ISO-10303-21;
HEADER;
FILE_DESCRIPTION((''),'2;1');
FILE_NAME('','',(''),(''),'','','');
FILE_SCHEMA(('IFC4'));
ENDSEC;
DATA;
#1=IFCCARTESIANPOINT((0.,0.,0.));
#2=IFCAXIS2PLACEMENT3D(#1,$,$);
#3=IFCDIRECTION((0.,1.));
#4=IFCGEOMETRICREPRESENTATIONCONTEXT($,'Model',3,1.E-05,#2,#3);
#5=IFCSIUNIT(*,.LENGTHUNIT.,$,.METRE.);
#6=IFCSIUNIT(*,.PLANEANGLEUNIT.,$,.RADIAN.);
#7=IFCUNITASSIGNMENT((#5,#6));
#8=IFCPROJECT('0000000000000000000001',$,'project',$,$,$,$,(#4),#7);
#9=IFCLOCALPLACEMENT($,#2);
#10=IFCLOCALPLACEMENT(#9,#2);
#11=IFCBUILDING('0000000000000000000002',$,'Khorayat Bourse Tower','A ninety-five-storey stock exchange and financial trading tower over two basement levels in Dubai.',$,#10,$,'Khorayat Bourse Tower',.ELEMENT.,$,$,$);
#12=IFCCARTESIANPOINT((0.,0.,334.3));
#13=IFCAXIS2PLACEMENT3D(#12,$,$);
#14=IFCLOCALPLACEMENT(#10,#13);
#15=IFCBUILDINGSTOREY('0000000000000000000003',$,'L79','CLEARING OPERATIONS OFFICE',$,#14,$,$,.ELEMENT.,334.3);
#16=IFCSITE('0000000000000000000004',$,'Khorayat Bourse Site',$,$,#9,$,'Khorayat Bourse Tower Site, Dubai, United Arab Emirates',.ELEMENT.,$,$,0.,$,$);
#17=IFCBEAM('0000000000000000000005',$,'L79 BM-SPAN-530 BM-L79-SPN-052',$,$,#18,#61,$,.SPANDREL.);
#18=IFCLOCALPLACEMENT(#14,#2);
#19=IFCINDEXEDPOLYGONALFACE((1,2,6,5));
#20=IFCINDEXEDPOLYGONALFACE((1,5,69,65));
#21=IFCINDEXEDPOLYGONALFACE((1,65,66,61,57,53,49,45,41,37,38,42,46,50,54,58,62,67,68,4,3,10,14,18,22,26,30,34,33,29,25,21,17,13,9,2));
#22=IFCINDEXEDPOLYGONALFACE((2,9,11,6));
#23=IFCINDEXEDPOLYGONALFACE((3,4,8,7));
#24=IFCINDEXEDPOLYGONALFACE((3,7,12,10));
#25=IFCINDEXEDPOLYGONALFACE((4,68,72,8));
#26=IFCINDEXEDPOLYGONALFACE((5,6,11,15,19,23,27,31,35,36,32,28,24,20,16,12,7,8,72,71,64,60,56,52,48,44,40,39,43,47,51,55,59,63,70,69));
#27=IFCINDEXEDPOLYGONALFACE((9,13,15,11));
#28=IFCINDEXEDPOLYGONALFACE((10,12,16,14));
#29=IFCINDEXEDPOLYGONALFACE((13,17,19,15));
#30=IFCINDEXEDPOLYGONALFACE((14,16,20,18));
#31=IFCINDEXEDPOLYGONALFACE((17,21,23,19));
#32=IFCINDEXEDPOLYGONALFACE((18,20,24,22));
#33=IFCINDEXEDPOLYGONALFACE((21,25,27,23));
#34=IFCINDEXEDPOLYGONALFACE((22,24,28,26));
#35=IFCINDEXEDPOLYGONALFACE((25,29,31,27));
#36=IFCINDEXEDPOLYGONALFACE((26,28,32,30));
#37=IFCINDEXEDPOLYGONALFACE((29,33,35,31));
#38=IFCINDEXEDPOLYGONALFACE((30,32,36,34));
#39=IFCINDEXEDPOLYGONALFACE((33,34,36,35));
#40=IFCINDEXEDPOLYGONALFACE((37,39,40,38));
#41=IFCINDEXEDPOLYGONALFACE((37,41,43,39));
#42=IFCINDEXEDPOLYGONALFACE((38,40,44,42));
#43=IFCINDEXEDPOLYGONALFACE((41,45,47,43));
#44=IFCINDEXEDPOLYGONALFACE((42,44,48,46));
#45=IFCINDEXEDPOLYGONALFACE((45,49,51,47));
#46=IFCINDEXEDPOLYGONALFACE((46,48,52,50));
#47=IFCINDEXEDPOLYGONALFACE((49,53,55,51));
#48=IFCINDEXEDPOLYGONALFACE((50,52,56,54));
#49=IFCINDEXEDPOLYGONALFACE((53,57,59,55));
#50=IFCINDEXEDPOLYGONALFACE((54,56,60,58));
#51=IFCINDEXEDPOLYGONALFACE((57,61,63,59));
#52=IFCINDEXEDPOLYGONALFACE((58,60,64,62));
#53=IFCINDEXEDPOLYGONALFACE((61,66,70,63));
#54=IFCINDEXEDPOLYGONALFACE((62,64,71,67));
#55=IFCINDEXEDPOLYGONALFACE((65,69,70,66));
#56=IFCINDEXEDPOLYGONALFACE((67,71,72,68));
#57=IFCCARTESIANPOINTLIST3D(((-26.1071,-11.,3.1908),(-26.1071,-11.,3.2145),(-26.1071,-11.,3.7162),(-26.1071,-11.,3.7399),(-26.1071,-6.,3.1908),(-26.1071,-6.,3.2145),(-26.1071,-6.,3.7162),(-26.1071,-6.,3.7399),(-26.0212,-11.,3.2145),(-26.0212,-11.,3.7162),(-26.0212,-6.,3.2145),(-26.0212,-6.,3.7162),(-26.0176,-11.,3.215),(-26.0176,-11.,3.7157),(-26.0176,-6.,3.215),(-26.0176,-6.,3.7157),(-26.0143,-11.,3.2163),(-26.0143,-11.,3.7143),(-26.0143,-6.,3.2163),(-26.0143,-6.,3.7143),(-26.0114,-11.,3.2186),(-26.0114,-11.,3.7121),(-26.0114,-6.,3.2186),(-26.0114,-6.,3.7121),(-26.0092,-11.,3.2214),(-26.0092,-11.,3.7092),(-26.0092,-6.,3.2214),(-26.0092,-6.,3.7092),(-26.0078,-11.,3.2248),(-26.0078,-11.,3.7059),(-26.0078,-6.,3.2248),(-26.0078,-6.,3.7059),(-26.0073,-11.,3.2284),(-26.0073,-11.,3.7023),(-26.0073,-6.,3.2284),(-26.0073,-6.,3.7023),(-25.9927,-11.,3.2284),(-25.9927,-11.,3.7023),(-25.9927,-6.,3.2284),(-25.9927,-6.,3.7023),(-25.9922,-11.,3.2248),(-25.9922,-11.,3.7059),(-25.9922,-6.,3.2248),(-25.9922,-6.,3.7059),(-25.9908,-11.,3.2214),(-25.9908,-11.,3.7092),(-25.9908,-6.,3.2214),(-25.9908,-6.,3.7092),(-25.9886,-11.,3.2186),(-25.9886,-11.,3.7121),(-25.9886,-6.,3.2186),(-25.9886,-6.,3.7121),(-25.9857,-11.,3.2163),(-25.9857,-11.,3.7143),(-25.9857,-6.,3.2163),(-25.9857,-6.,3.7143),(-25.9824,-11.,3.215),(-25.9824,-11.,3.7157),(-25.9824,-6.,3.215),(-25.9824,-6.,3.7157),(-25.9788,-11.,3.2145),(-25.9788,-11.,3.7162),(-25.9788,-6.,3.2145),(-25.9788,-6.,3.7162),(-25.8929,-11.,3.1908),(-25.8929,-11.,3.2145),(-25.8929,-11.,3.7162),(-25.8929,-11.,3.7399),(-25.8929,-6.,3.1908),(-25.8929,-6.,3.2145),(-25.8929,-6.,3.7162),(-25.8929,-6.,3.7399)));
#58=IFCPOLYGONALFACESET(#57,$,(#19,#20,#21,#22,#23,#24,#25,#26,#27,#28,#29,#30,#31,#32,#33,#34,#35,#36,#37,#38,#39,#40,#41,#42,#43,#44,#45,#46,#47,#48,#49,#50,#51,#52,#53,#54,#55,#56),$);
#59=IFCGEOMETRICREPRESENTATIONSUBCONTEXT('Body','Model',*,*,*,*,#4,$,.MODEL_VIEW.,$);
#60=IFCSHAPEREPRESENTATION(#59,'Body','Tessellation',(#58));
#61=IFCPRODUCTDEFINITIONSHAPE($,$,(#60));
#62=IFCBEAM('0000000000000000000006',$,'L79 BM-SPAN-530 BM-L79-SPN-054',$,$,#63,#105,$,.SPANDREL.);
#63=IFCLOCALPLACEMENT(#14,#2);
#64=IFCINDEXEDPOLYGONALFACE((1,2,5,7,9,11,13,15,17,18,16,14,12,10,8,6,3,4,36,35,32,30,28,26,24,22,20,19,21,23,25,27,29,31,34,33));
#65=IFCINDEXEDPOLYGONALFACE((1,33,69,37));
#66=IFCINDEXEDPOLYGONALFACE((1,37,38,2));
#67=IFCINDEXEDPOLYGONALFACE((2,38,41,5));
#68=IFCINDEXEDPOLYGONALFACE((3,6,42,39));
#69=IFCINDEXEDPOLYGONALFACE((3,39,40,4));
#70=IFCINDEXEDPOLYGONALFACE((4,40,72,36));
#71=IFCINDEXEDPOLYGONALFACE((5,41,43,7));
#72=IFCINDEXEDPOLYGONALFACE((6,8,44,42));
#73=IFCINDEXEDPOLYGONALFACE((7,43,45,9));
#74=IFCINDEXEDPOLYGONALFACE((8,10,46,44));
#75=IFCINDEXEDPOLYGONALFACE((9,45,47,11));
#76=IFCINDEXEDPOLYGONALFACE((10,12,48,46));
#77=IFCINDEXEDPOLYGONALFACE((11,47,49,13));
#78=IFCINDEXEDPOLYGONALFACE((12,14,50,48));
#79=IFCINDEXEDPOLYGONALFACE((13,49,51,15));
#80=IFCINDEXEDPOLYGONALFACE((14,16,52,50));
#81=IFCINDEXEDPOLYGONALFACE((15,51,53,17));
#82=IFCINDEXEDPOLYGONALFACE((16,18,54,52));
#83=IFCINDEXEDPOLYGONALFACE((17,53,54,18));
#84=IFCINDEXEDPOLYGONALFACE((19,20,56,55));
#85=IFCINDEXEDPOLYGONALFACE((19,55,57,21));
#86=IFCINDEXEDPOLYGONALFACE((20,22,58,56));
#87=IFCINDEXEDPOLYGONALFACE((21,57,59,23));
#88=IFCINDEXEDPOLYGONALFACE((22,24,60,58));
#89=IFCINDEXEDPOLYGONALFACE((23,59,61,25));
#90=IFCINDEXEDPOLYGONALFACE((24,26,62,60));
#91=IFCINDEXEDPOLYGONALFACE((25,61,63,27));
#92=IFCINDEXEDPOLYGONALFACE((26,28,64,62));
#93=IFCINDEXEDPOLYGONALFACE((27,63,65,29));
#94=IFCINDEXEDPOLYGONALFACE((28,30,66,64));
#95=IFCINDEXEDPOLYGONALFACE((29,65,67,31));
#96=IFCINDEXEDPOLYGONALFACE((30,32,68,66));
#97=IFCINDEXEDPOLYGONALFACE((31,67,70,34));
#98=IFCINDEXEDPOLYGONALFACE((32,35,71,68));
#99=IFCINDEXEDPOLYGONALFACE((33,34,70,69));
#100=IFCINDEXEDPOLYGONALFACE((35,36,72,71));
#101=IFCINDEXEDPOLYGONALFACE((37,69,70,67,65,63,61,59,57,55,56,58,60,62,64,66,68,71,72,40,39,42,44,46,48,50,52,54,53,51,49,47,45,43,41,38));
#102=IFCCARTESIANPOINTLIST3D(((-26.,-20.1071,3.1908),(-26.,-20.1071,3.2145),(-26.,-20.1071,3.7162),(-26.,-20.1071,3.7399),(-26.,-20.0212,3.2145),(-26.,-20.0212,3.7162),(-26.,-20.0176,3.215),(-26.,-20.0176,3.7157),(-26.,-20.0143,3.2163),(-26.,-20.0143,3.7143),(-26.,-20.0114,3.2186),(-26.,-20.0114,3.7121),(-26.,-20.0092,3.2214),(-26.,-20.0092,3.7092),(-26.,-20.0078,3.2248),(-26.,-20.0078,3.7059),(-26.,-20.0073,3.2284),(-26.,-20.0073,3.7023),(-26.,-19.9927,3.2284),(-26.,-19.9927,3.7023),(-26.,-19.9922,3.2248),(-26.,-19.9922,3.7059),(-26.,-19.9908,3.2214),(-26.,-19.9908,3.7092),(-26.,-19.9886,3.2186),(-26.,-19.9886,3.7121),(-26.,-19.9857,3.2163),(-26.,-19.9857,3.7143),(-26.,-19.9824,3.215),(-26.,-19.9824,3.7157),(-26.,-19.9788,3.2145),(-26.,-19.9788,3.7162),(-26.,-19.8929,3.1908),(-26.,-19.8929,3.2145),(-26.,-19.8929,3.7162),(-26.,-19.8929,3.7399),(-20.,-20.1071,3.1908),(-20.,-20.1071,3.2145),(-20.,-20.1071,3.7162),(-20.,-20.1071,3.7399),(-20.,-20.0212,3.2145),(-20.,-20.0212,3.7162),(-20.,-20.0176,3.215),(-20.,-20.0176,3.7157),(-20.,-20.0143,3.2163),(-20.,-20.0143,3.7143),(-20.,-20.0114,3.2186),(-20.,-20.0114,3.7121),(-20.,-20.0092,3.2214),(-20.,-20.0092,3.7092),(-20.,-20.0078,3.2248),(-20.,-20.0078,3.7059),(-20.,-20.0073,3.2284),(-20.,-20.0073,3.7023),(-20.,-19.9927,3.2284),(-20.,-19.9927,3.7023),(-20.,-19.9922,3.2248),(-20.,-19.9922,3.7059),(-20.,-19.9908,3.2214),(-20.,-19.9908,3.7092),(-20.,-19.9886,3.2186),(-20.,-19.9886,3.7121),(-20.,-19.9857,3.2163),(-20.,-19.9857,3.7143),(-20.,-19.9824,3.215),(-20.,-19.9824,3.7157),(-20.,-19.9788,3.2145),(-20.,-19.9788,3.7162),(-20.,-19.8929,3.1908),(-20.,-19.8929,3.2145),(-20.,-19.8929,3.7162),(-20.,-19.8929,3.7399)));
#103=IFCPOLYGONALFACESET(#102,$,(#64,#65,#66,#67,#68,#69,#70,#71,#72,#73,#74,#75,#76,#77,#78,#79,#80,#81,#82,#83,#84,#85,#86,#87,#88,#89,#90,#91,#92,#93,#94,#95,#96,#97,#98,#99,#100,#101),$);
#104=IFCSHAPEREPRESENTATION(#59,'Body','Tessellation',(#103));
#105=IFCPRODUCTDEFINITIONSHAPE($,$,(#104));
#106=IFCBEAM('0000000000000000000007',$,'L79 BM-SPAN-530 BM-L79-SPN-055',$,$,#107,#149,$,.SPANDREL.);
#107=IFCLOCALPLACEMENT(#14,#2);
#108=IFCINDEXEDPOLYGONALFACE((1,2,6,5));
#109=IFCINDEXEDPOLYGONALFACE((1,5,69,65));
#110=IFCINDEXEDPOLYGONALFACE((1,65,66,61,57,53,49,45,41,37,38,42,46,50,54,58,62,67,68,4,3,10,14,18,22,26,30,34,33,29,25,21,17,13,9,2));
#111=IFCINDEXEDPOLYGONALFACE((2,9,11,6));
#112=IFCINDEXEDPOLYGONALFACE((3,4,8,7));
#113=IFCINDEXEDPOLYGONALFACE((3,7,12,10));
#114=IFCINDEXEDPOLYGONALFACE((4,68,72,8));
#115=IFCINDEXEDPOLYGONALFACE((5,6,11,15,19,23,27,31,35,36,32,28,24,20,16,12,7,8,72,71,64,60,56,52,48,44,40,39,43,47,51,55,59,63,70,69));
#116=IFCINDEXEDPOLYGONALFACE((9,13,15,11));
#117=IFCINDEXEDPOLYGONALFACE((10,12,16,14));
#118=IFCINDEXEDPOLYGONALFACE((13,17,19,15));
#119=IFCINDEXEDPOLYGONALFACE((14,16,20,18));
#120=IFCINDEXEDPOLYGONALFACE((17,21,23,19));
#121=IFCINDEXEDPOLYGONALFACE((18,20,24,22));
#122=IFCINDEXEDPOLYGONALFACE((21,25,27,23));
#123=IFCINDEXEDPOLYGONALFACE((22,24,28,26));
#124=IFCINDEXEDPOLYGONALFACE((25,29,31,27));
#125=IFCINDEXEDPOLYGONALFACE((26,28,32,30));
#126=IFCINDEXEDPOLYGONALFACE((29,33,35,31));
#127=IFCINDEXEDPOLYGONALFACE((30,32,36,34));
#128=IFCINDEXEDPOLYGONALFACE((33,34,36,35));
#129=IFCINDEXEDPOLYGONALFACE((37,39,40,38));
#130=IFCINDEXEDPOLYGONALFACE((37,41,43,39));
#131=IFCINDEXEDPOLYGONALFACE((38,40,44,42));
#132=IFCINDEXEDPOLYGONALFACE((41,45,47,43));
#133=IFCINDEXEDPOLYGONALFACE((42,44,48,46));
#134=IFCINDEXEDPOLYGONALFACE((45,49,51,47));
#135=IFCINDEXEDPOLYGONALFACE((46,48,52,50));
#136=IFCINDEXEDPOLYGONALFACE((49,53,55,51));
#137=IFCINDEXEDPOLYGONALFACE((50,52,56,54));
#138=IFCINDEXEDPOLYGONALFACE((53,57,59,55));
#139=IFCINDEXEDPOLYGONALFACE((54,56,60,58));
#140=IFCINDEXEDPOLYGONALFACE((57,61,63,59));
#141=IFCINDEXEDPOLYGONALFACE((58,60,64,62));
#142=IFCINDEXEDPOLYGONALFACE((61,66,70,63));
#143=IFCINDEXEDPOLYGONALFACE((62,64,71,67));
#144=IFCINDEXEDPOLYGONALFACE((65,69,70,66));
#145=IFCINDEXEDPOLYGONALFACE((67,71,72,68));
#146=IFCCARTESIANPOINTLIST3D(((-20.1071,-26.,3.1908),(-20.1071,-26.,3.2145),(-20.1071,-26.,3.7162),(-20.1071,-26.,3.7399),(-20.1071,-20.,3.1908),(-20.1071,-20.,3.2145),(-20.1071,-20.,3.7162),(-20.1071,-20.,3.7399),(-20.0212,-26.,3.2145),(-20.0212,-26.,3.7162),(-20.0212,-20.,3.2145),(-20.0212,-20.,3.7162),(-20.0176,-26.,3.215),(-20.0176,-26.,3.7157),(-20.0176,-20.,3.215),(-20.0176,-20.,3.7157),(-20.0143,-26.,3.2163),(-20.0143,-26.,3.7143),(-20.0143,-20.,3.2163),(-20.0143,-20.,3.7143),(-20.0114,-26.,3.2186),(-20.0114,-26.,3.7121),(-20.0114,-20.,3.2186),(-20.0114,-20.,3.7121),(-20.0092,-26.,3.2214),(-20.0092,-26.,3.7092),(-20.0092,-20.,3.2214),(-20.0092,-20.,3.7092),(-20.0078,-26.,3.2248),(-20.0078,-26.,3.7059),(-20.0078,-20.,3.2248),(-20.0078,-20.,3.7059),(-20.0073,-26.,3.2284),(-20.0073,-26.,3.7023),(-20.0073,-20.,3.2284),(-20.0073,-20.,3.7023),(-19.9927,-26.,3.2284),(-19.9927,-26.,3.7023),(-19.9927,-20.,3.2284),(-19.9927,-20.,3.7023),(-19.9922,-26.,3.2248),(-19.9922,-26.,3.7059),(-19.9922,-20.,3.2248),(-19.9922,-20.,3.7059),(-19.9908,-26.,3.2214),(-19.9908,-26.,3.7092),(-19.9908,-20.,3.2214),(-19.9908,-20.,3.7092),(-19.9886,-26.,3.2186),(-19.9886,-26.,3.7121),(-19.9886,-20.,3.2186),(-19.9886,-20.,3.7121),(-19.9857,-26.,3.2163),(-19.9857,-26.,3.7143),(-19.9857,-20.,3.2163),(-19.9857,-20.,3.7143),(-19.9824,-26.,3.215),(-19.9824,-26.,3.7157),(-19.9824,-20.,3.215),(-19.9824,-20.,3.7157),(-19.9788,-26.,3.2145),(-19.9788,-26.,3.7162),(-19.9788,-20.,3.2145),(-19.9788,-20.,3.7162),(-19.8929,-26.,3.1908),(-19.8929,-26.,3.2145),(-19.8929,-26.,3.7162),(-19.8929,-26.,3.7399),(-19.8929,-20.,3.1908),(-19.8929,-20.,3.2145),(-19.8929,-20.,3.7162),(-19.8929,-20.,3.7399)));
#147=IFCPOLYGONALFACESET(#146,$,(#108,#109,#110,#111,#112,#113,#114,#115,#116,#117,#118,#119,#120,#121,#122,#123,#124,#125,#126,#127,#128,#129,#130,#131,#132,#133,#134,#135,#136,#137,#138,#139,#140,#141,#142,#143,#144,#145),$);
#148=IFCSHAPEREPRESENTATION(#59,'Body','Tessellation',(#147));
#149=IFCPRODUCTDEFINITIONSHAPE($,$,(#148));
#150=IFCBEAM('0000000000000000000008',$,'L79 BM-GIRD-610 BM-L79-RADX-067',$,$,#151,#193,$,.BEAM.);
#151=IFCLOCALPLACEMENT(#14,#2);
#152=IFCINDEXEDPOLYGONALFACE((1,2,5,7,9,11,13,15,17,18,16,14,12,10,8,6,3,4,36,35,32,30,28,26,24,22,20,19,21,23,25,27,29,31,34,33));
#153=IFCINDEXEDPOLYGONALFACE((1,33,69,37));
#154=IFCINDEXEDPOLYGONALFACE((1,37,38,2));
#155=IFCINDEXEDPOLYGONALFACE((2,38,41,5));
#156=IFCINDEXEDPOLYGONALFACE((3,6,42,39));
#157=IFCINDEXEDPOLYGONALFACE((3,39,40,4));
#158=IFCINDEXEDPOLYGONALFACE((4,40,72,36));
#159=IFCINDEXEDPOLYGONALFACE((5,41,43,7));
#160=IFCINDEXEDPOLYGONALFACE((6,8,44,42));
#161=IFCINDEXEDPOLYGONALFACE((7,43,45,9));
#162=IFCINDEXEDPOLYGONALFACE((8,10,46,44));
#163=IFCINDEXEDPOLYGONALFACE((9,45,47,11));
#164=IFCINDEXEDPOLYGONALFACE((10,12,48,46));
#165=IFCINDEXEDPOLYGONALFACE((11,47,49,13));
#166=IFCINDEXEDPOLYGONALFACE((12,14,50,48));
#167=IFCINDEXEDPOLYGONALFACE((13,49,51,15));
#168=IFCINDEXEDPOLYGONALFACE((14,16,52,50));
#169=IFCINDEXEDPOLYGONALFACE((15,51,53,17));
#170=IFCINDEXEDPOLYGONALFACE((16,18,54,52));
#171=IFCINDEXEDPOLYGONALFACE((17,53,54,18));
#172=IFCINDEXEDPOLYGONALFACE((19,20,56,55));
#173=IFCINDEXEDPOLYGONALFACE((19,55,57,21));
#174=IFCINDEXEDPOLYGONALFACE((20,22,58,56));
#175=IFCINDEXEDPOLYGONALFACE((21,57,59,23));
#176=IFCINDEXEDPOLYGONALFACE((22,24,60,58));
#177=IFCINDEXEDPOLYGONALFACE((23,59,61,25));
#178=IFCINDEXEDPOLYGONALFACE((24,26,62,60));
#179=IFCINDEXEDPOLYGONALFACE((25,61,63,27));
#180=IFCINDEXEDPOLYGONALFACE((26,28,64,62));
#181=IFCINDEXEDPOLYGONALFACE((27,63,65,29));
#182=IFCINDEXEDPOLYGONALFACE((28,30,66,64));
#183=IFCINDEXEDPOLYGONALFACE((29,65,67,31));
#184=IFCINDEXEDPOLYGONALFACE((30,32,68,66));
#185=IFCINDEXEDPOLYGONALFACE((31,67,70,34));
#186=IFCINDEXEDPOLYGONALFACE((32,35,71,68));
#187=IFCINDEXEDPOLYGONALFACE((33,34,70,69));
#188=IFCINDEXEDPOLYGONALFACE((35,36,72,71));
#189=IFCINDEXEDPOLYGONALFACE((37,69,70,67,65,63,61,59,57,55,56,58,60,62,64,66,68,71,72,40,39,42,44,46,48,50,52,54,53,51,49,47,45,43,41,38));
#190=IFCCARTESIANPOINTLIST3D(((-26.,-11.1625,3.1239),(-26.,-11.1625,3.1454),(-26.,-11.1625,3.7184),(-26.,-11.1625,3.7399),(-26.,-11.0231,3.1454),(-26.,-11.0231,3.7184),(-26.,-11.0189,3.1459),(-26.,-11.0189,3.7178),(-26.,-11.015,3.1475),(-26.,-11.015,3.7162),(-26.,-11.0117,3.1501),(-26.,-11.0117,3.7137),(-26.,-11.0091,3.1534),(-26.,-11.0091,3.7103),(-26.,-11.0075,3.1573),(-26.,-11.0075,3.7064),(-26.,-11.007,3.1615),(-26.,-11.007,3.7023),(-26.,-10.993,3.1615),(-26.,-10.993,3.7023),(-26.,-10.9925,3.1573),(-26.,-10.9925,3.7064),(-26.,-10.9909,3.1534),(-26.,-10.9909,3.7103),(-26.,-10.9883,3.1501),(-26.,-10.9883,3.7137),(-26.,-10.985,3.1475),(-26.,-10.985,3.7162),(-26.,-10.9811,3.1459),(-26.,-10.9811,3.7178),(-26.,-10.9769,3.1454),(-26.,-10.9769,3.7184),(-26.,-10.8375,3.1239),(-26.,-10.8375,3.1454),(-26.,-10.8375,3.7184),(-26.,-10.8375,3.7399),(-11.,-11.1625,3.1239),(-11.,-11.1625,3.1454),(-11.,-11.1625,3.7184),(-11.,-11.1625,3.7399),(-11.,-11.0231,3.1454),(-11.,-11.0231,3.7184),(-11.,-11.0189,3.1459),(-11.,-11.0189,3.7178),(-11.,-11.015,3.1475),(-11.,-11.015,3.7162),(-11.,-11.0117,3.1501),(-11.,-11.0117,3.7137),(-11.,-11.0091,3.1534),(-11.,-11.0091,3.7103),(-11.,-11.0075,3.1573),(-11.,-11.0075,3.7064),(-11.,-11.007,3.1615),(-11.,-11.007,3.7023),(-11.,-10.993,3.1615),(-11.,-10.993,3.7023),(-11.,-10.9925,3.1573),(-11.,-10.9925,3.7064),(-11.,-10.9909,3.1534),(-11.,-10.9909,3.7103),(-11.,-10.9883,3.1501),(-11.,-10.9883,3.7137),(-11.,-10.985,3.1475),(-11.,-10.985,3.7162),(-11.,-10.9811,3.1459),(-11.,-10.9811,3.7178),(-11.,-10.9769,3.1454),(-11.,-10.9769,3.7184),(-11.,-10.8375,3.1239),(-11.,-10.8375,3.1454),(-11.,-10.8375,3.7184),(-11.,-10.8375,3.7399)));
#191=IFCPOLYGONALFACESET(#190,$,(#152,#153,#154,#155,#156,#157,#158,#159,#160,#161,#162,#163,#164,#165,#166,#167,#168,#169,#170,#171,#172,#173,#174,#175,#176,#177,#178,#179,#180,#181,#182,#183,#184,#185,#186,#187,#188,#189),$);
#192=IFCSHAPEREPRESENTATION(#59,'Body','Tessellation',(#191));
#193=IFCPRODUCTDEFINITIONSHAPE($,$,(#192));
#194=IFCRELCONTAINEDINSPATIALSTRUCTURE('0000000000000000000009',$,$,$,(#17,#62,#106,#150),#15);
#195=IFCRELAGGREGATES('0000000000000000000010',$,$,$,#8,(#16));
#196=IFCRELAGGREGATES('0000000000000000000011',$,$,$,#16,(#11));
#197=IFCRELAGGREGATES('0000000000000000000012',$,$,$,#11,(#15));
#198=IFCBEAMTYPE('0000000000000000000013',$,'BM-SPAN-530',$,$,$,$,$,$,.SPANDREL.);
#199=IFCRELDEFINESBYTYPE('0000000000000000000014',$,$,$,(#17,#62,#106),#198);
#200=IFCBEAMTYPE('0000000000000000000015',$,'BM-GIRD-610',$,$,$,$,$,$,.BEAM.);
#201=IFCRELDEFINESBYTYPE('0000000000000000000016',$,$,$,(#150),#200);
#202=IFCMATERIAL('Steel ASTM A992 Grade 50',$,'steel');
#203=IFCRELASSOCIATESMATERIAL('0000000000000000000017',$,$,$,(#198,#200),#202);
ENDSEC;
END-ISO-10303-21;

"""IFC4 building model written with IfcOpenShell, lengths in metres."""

from ifc_helpers import new_model, si_unit, direction, frame, origin, origin_2d, place, context, subcontext, project, spatial, i_section, extrude, source, transform, mapped, material, material_profile, profile_set, type_object, element, save


model = new_model("IFC4")

# Units and contexts
model_context = context("Model", 3, precision=1e-05, world=origin(), true_north=direction((0.0, 1.0)))
body_context = subcontext(model_context, "Body", "Model", "MODEL_VIEW")
ifc_project = project(units=[si_unit("LENGTHUNIT", "METRE"), si_unit("PLANEANGLEUNIT", "RADIAN")], contexts=[model_context])

# Site, building, storey
site_placement = place(None, origin())
site = spatial("IfcSite", under=ifc_project, at=site_placement, Name="Khorayat Bourse Site", LongName="Khorayat Bourse Tower Site, Dubai, United Arab Emirates", CompositionType="ELEMENT", RefElevation=0.0)
building_placement = place(site_placement, origin())
building = spatial("IfcBuilding", under=site, at=building_placement, Name="Khorayat Bourse Tower", Description="A ninety-five-storey stock exchange and financial trading tower over two basement levels in Dubai.", LongName="Khorayat Bourse Tower", CompositionType="ELEMENT")
storey_placement = place(building_placement, frame((0.0, 0.0, 334.3)))
storey = spatial("IfcBuildingStorey", under=building, at=storey_placement, Name="L79", Description="CLEARING OPERATIONS OFFICE", CompositionType="ELEMENT", Elevation=334.3)

# Beams
ifc_material_1 = material(Name="Steel ASTM A992 Grade 50", Category="steel")
ifc_material_profile_1 = material_profile(ifc_material_1, i_section(OverallWidth=0.2141, OverallDepth=0.5491, WebThickness=0.0146, FlangeThickness=0.0237, FilletRadius=0.0139, at=origin_2d()), Name="W530X138")
ifc_profile_set_1 = profile_set([ifc_material_profile_1], Name="Steel ASTM A992 Grade 50")
beam_type_1 = type_object("IfcBeamType", Name="BM-SPAN-530", PredefinedType="SPANDREL", material=ifc_profile_set_1)
shared_shape_1 = source(origin(), body_context, "Body", "SweptSolid", [
    extrude(i_section(OverallWidth=0.2141, OverallDepth=0.5491, WebThickness=0.0146, FlangeThickness=0.0237, FilletRadius=0.0139, at=origin_2d()), origin(), (0.0, 0.0, 1.0), 5.0),
])
beam_1_placement = place(storey_placement, frame((-26.0, -11.0, 3.4653), z_axis=(0.0, 1.0, 0.0), x_axis=(-1.0, 0.0, 0.0)))
element("IfcBeam", 1, at=beam_1_placement, inside=storey, type_object=beam_type_1, Name="L79 BM-SPAN-530 BM-L79-SPN-052", PredefinedType="SPANDREL", context=body_context, shape_type="MappedRepresentation", body=[
    mapped(shared_shape_1, transform((0.0, 0.0, 0.0), scale=1.0)),
])
shared_shape_2 = source(origin(), body_context, "Body", "SweptSolid", [
    extrude(i_section(OverallWidth=0.2141, OverallDepth=0.5491, WebThickness=0.0146, FlangeThickness=0.0237, FilletRadius=0.0139, at=origin_2d()), origin(), (0.0, 0.0, 1.0), 6.0),
])
for number, where, z_axis, x_axis, name in (
    (2, (-26.0, -20.0, 3.4653), (1.0, 0.0, 0.0), (0.0, 1.0, 0.0), "L79 BM-SPAN-530 BM-L79-SPN-054"),
    (3, (-20.0, -26.0, 3.4653), (0.0, 1.0, 0.0), (-1.0, 0.0, 0.0), "L79 BM-SPAN-530 BM-L79-SPN-055"),
):
    element("IfcBeam", number, at=place(storey_placement, frame(where, z_axis=z_axis, x_axis=x_axis)), inside=storey, type_object=beam_type_1, Name=name, PredefinedType="SPANDREL", context=body_context, shape_type="MappedRepresentation", body=[
        mapped(shared_shape_2, transform((0.0, 0.0, 0.0), scale=1.0)),
    ])
ifc_material_profile_2 = material_profile(ifc_material_1, i_section(OverallWidth=0.325, OverallDepth=0.616, WebThickness=0.0139, FlangeThickness=0.0215, FilletRadius=0.0161, at=origin_2d()), Name="W610X174")
ifc_profile_set_2 = profile_set([ifc_material_profile_2], Name="Steel ASTM A992 Grade 50")
beam_type_2 = type_object("IfcBeamType", Name="BM-GIRD-610", PredefinedType="BEAM", material=ifc_profile_set_2)
shared_shape_3 = source(origin(), body_context, "Body", "SweptSolid", [
    extrude(i_section(OverallWidth=0.325, OverallDepth=0.616, WebThickness=0.0139, FlangeThickness=0.0215, FilletRadius=0.0161, at=origin_2d()), origin(), (0.0, 0.0, 1.0), 15.0),
])
beam_2_placement = place(storey_placement, frame((-26.0, -11.0, 3.4319), z_axis=(1.0, 0.0, 0.0), x_axis=(0.0, 1.0, 0.0)))
element("IfcBeam", 4, at=beam_2_placement, inside=storey, type_object=beam_type_2, Name="L79 BM-GIRD-610 BM-L79-RADX-067", PredefinedType="BEAM", context=body_context, shape_type="MappedRepresentation", body=[
    mapped(shared_shape_3, transform((0.0, 0.0, 0.0), scale=1.0)),
])

save(model, "model.ifc")
